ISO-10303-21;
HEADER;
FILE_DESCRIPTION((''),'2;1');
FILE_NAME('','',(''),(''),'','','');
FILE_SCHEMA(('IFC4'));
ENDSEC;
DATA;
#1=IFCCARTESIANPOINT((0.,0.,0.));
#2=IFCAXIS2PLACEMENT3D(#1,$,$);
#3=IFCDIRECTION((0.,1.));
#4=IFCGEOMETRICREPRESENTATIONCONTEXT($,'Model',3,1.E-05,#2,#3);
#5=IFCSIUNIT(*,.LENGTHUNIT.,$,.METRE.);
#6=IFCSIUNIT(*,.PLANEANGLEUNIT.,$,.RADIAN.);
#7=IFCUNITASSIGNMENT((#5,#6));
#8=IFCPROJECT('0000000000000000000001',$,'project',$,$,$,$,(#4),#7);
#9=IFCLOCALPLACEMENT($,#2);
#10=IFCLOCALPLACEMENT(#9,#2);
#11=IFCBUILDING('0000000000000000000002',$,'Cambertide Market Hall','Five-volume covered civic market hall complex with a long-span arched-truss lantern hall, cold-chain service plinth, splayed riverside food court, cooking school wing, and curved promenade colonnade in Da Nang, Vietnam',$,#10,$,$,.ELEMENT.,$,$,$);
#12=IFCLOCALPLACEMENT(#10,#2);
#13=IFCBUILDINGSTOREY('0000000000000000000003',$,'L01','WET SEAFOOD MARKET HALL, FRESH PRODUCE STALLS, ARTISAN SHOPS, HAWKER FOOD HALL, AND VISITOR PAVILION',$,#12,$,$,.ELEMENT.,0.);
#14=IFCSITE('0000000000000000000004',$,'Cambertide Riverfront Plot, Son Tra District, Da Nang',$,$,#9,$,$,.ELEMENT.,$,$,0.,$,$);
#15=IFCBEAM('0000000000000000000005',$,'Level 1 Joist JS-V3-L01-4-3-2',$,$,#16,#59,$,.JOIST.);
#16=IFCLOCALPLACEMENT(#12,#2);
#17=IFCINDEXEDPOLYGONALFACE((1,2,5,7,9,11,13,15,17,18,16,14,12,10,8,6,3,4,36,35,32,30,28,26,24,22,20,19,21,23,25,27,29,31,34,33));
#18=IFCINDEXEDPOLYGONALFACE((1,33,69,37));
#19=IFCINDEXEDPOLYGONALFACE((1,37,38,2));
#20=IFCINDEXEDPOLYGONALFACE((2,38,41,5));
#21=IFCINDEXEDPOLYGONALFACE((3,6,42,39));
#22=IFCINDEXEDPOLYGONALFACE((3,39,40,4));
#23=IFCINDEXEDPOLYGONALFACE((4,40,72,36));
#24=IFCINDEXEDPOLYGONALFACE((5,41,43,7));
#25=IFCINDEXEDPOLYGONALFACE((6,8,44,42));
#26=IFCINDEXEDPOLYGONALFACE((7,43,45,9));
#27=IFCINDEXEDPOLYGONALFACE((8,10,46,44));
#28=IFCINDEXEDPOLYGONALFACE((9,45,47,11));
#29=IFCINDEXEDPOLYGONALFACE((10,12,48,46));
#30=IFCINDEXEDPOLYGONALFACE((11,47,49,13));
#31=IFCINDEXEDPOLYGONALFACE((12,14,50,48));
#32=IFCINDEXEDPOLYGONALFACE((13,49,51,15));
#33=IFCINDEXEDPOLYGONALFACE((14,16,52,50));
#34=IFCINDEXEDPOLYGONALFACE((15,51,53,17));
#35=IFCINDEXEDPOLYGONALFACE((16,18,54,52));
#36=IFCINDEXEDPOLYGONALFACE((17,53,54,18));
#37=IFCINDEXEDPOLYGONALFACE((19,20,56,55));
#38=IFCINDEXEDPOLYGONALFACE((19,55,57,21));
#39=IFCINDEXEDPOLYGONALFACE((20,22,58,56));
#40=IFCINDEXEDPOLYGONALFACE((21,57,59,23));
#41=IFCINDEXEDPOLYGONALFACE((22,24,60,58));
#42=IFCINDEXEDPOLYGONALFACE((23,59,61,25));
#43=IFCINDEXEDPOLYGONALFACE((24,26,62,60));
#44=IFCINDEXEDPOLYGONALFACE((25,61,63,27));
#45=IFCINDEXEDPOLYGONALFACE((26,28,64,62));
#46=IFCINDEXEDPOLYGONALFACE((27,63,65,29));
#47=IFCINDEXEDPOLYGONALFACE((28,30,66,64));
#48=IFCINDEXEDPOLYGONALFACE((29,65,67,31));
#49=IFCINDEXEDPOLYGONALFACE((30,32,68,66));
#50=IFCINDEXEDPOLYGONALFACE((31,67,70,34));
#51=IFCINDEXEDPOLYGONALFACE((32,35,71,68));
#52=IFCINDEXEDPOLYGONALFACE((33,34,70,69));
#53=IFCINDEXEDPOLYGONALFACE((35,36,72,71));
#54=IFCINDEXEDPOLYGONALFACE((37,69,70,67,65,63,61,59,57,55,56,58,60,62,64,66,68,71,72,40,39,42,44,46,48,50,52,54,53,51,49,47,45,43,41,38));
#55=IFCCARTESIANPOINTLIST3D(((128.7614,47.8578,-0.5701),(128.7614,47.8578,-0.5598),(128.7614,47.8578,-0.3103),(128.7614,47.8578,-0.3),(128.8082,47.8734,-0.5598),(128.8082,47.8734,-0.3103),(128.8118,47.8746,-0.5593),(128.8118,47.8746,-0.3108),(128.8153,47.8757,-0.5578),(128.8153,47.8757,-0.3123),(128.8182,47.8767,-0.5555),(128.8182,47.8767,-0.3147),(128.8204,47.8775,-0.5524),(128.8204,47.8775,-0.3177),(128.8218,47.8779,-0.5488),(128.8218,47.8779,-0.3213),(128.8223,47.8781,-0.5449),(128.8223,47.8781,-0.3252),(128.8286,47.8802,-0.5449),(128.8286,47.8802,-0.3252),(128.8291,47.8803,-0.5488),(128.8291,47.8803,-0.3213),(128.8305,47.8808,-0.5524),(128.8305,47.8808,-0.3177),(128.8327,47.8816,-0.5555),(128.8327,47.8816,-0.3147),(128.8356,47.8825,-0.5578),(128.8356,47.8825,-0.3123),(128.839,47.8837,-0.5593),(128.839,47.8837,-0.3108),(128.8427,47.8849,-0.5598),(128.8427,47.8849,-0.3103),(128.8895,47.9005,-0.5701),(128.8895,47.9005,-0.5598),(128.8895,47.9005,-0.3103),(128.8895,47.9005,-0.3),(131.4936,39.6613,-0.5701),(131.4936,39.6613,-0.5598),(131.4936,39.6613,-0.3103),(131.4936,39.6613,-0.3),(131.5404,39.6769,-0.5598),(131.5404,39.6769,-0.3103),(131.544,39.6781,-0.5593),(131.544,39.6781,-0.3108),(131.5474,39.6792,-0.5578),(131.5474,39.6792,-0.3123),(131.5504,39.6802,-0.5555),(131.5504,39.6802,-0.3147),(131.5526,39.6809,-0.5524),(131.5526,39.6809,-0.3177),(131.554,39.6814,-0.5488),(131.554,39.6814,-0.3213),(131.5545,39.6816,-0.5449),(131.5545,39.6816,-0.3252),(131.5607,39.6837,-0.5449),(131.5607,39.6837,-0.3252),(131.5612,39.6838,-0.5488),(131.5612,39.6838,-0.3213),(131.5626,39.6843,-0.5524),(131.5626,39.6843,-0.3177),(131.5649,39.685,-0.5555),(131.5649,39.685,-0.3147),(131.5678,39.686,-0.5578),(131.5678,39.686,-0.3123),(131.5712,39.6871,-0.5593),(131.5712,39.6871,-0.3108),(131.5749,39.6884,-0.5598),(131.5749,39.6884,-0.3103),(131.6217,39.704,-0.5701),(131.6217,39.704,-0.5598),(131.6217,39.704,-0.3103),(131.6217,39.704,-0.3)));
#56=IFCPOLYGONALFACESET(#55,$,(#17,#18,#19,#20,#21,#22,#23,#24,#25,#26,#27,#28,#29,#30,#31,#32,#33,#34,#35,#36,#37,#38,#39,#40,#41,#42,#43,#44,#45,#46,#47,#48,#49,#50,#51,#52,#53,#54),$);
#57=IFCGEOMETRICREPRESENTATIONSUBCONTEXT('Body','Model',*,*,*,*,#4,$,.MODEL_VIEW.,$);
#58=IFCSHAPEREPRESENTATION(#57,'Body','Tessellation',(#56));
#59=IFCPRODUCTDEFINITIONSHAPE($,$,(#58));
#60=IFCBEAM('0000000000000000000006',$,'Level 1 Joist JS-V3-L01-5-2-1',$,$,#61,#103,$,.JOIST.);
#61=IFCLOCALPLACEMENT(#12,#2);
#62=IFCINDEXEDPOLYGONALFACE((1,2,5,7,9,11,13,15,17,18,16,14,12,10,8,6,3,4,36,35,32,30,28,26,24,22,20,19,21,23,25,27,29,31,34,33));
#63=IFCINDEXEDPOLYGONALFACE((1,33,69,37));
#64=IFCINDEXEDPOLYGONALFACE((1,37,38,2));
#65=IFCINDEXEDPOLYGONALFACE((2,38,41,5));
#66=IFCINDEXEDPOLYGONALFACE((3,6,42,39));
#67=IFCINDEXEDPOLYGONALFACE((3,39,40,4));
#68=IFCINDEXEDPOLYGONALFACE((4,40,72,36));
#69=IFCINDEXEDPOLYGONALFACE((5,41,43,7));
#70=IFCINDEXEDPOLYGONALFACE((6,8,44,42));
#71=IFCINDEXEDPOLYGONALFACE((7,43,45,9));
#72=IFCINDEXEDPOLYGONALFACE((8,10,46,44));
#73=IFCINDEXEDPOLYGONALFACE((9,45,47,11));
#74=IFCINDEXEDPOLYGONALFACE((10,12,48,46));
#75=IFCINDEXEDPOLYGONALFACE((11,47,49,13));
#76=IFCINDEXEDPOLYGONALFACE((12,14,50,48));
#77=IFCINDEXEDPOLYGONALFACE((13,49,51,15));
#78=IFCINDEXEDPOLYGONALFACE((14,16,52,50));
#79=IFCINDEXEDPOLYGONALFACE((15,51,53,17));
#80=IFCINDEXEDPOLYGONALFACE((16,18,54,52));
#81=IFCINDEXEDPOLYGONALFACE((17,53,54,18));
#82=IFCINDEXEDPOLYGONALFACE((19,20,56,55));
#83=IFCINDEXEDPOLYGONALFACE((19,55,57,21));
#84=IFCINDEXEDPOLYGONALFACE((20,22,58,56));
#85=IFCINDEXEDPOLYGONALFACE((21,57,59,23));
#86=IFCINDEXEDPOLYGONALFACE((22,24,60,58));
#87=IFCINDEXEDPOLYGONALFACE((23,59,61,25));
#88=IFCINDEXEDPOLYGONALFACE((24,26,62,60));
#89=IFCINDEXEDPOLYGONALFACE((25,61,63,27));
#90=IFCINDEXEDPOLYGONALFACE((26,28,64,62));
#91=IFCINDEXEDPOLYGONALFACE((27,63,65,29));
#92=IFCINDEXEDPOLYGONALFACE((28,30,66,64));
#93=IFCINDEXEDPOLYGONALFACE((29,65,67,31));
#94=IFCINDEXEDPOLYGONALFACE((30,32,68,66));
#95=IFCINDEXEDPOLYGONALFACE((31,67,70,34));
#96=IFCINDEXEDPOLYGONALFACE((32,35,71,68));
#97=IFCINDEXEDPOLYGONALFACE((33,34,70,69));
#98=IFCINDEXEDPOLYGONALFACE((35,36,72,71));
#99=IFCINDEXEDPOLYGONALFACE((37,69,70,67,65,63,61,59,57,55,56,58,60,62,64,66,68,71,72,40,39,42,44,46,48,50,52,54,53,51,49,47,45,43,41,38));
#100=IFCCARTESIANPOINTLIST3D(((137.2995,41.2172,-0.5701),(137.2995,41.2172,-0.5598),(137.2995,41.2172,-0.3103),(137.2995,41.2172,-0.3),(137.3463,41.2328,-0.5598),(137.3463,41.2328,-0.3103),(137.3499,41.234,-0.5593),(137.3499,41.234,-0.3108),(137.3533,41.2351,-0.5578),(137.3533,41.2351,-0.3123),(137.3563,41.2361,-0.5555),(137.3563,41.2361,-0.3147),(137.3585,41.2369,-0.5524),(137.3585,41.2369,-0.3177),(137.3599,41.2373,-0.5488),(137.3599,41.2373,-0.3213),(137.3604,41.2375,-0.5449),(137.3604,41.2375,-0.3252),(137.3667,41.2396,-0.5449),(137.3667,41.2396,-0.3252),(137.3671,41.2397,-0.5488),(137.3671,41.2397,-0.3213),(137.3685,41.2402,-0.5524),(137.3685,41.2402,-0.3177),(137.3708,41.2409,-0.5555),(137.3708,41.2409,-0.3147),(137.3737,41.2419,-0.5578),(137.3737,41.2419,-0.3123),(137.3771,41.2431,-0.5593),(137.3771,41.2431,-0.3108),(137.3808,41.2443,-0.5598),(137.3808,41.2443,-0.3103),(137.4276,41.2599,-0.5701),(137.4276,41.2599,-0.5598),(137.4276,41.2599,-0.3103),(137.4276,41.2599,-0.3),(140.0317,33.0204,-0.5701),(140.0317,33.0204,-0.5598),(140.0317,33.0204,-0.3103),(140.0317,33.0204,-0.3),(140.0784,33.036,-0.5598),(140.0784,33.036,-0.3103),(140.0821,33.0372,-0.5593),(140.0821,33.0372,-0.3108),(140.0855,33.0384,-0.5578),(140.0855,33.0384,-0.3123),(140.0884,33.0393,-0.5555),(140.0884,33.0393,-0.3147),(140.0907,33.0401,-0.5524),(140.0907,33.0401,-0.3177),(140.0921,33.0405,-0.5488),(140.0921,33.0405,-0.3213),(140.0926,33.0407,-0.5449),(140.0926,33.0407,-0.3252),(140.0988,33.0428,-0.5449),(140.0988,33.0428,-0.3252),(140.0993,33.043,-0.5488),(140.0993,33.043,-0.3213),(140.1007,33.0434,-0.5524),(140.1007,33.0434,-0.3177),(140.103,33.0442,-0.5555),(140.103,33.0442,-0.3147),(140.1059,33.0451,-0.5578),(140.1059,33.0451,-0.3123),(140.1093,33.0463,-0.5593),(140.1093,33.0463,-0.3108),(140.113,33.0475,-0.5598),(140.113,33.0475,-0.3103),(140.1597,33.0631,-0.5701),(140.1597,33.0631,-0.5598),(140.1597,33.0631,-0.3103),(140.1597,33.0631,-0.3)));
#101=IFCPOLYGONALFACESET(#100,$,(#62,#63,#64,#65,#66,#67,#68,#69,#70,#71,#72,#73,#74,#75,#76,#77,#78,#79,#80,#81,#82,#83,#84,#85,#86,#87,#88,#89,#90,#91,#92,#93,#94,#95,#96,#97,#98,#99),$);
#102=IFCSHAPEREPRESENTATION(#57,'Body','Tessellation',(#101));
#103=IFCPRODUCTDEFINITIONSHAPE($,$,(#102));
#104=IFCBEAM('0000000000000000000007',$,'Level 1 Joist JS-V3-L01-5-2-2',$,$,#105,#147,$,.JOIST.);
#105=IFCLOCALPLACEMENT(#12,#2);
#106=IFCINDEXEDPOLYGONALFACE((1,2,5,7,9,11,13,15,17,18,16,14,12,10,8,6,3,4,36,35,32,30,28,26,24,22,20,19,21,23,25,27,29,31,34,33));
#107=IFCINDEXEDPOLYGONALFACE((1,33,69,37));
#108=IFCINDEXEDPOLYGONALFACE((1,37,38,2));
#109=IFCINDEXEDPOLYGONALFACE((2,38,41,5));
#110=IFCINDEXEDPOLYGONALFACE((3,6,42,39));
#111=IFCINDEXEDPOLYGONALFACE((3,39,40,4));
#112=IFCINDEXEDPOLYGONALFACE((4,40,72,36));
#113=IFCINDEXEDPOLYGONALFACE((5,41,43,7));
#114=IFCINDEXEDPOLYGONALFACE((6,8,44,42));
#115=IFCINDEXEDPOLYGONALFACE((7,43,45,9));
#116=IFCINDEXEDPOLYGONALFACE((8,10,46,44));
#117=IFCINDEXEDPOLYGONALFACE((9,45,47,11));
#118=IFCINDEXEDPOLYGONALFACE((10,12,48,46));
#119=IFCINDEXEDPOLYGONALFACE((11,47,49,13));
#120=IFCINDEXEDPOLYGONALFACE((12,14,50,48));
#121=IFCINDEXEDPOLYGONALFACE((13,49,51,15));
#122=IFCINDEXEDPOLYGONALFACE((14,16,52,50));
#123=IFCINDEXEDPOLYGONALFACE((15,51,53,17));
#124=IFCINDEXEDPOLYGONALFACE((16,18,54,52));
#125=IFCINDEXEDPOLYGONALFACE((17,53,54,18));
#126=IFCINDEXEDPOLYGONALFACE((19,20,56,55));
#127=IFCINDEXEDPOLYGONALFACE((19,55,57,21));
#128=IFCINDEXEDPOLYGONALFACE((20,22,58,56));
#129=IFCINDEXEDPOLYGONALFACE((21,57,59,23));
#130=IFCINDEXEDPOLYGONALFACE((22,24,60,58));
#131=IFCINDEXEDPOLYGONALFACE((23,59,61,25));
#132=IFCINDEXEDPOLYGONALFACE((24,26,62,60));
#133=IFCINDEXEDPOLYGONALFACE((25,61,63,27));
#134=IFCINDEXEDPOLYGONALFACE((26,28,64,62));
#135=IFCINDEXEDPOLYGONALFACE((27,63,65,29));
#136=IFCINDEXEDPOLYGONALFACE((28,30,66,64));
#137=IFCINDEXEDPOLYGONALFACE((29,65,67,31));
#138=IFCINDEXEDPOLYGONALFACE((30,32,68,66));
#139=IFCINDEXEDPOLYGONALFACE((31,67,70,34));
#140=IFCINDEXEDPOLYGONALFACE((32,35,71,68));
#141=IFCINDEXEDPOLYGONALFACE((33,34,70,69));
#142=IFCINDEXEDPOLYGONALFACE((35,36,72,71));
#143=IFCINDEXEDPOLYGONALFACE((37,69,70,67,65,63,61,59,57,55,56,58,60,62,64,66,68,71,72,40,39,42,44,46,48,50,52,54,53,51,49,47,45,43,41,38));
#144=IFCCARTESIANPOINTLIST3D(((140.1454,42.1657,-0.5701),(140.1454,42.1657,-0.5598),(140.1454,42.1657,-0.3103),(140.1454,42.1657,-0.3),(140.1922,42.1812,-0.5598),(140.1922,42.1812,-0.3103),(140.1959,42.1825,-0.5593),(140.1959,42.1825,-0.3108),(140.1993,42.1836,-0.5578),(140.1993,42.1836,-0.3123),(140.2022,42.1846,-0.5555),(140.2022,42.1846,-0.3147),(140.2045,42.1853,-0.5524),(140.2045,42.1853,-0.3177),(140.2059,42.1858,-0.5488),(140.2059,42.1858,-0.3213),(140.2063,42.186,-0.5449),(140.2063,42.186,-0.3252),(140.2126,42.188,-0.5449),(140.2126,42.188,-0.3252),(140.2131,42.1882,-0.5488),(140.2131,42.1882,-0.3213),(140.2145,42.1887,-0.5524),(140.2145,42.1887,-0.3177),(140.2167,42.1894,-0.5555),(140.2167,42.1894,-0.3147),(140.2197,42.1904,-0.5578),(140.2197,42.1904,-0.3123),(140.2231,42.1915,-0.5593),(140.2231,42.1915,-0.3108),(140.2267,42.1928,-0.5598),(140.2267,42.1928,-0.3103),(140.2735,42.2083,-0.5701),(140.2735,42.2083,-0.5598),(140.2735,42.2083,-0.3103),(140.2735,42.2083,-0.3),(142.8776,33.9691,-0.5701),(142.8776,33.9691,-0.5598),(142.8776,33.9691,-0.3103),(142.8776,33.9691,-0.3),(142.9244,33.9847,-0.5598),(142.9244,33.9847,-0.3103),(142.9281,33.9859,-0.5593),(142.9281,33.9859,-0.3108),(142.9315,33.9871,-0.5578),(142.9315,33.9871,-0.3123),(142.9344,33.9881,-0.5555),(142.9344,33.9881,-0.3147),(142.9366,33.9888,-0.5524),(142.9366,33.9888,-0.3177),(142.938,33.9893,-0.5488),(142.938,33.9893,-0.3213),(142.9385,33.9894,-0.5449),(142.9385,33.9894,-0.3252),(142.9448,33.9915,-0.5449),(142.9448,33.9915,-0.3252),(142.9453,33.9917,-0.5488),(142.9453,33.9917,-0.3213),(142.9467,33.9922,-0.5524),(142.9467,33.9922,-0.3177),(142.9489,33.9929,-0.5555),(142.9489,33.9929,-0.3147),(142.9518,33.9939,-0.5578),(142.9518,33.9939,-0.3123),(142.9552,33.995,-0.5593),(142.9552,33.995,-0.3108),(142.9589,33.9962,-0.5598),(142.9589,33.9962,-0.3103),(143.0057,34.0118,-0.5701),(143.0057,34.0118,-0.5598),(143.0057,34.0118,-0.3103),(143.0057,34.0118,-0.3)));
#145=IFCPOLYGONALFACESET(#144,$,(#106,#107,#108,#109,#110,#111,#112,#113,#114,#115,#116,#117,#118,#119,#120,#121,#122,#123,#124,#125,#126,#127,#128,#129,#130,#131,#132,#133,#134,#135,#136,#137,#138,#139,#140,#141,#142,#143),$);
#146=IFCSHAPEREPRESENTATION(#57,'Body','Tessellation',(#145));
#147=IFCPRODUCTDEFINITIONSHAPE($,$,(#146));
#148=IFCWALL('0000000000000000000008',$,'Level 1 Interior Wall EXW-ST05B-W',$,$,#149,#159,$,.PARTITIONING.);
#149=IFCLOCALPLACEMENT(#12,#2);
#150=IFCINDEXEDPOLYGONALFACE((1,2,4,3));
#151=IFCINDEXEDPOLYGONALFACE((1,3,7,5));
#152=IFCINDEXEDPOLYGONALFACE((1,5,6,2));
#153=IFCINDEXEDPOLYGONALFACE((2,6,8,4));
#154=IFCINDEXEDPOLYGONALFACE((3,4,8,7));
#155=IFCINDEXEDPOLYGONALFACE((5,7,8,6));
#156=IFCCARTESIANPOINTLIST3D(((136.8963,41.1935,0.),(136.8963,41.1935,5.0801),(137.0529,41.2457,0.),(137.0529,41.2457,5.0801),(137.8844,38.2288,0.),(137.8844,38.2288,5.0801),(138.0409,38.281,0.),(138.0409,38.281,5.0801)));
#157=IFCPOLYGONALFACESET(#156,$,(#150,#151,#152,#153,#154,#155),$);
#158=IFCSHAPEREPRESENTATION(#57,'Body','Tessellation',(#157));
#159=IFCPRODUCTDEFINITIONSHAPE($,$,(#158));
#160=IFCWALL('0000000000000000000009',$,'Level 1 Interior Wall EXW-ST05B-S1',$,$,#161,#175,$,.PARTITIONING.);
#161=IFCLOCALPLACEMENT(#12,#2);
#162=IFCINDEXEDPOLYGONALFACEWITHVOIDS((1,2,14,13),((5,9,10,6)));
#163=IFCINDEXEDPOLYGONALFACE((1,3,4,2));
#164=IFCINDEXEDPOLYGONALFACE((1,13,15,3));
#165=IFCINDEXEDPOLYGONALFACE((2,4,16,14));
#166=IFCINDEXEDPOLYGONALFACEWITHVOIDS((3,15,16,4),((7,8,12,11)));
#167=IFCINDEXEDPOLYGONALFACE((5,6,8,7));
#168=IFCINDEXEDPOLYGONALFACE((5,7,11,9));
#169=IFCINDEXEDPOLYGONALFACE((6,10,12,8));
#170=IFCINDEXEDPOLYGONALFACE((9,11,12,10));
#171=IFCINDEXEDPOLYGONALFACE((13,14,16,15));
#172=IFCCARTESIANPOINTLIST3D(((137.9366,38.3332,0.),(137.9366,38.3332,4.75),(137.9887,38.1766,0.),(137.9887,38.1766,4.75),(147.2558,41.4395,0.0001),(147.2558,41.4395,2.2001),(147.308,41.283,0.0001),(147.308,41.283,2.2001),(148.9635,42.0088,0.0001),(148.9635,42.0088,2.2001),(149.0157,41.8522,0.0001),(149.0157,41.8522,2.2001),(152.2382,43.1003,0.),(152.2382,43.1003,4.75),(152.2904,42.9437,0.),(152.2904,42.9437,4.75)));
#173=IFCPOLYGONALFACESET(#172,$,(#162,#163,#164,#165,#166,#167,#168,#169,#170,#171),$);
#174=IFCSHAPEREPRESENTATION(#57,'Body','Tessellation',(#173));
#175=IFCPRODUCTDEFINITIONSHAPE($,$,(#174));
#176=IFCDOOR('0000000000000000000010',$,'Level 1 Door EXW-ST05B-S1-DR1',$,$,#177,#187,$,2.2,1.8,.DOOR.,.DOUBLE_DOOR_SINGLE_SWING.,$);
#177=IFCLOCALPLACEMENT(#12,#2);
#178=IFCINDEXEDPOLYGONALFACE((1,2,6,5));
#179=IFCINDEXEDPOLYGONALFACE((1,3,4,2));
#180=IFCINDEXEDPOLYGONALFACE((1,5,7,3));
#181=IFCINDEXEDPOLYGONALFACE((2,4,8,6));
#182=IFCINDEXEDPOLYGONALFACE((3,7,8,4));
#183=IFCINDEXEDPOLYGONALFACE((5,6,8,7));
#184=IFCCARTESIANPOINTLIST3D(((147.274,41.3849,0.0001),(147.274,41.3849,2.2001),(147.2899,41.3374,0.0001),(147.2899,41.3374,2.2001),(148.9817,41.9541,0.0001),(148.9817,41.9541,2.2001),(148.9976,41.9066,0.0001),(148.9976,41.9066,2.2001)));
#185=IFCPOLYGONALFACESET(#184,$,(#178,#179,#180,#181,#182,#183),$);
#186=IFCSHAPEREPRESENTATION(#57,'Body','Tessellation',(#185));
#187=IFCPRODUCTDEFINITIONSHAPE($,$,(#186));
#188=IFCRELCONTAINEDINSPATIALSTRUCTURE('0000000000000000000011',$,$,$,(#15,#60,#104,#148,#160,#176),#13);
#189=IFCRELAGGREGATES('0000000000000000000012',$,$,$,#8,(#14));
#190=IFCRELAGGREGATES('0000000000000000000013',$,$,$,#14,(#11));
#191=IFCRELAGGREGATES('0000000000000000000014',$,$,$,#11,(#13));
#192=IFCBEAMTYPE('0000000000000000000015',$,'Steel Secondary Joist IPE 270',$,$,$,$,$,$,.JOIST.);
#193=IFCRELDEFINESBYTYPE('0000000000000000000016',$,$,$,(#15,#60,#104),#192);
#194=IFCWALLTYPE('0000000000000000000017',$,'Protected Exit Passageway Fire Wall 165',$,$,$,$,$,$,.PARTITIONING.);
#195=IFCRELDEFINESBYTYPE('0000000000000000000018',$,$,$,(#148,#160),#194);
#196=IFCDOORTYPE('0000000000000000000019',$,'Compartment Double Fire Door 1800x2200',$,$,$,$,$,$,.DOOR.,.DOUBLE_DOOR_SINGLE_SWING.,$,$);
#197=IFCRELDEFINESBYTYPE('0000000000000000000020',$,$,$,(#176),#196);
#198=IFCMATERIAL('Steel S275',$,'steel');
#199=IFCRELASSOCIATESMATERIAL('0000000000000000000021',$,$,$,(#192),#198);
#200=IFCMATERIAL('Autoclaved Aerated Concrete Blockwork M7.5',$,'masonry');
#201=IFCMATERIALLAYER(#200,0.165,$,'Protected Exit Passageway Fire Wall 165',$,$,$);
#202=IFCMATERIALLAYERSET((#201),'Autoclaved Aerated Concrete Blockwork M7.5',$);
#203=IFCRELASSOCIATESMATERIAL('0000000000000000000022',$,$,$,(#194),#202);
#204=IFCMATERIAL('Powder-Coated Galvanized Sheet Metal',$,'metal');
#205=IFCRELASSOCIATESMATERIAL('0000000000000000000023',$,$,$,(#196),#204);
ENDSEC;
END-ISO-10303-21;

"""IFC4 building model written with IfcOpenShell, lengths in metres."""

from ifc_helpers import new_model, si_unit, direction, frame, frame_2d, origin, origin_2d, place, context, subcontext, project, spatial, rectangle, i_section, extrude, material, layer, layer_set, material_profile, profile_set, type_object, element, fill, save


model = new_model("IFC4")

# Units and contexts
model_context = context("Model", 3, precision=1e-05, world=origin(), true_north=direction((0.0, 1.0)))
body_context = subcontext(model_context, "Body", "Model", "MODEL_VIEW")
ifc_project = project(units=[si_unit("LENGTHUNIT", "METRE"), si_unit("PLANEANGLEUNIT", "RADIAN")], contexts=[model_context])

# Site, building, storey
site_placement = place(None, origin())
site = spatial("IfcSite", under=ifc_project, at=site_placement, Name="Cambertide Riverfront Plot, Son Tra District, Da Nang", CompositionType="ELEMENT", RefElevation=0.0)
building_placement = place(site_placement, origin())
building = spatial("IfcBuilding", under=site, at=building_placement, Name="Cambertide Market Hall", Description="Five-volume covered civic market hall complex with a long-span arched-truss lantern hall, cold-chain service plinth, splayed riverside food court, cooking school wing, and curved promenade colonnade in Da Nang, Vietnam", CompositionType="ELEMENT")
storey_placement = place(building_placement, origin())
storey = spatial("IfcBuildingStorey", under=building, at=storey_placement, Name="L01", Description="WET SEAFOOD MARKET HALL, FRESH PRODUCE STALLS, ARTISAN SHOPS, HAWKER FOOD HALL, AND VISITOR PAVILION", CompositionType="ELEMENT", Elevation=0.0)

# Beams
ifc_material_1 = material(Name="Steel S275", Category="steel")
ifc_material_profile_1 = material_profile(ifc_material_1, i_section(OverallWidth=0.135, OverallDepth=0.27, WebThickness=0.0066, FlangeThickness=0.0103, FilletRadius=0.0149, at=origin_2d()), Name="IPE 270")
ifc_profile_set_1 = profile_set([ifc_material_profile_1], Name="Steel S275")
beam_type_1 = type_object("IfcBeamType", Name="Steel Secondary Joist IPE 270", PredefinedType="JOIST", material=ifc_profile_set_1)
for number, where, z_axis, x_axis, name in (
    (1, (131.5576, 39.6826, -0.4351), (-0.316228, 0.948683, 0.0), (-0.948683, -0.316228, 0.0), "Level 1 Joist JS-V3-L01-4-3-2"),
):
    element("IfcBeam", number, at=place(storey_placement, frame(where, z_axis=z_axis, x_axis=x_axis)), inside=storey, type_object=beam_type_1, Name=name, PredefinedType="JOIST", context=body_context, shape_type="SweptSolid", body=[
        extrude(i_section(OverallWidth=0.135, OverallDepth=0.27, WebThickness=0.0066, FlangeThickness=0.0103, FilletRadius=0.0149, at=origin_2d()), origin(), (0.0, 0.0, 1.0), 8.6399),
    ])
beam_1_placement = place(storey_placement, frame((140.0957, 33.0417, -0.4351), z_axis=(-0.316219, 0.948686, 0.0), x_axis=(-0.948686, -0.316219, 0.0)))
element("IfcBeam", 2, at=beam_1_placement, inside=storey, type_object=beam_type_1, Name="Level 1 Joist JS-V3-L01-5-2-1", PredefinedType="JOIST", context=body_context, shape_type="SweptSolid", body=[
    extrude(i_section(OverallWidth=0.135, OverallDepth=0.27, WebThickness=0.0066, FlangeThickness=0.0103, FilletRadius=0.0149, at=origin_2d()), origin(), (0.0, 0.0, 1.0), 8.6401),
])
beam_2_placement = place(storey_placement, frame((142.9417, 33.9905, -0.4351), z_axis=(-0.316228, 0.948683, 0.0), x_axis=(-0.948683, -0.316228, 0.0)))
element("IfcBeam", 3, at=beam_2_placement, inside=storey, type_object=beam_type_1, Name="Level 1 Joist JS-V3-L01-5-2-2", PredefinedType="JOIST", context=body_context, shape_type="SweptSolid", body=[
    extrude(i_section(OverallWidth=0.135, OverallDepth=0.27, WebThickness=0.0066, FlangeThickness=0.0103, FilletRadius=0.0149, at=origin_2d()), origin(), (0.0, 0.0, 1.0), 8.6399),
])

# Wall
ifc_material_2 = material(Name="Autoclaved Aerated Concrete Blockwork M7.5", Category="masonry")
ifc_layer_1 = layer(ifc_material_2, 0.165, Name="Protected Exit Passageway Fire Wall 165")
ifc_layer_set_1 = layer_set([ifc_layer_1], Name="Autoclaved Aerated Concrete Blockwork M7.5")
wall_type_1 = type_object("IfcWallType", Name="Protected Exit Passageway Fire Wall 165", PredefinedType="PARTITIONING", material=ifc_layer_set_1)
wall_1_placement = place(storey_placement, frame((137.9626, 38.2549, 0.0), z_axis=(0.0, 0.0, 1.0), x_axis=(-0.316181, 0.948699, 0.0)))
element("IfcWall", 4, at=wall_1_placement, inside=storey, type_object=wall_type_1, Name="Level 1 Interior Wall EXW-ST05B-W", PredefinedType="PARTITIONING", context=body_context, shape_type="SweptSolid", body=[
    extrude(rectangle(XDim=3.125, YDim=0.165, at=frame_2d((1.5625, 0.0))), origin(), (0.0, 0.0, 1.0), 5.0801),
])

# Wall, opening, door
wall_2_placement = place(storey_placement, frame((137.9626, 38.2549, 0.0), z_axis=(0.0, 0.0, 1.0), x_axis=(0.948685, 0.316223, 0.0)))
wall_2 = element("IfcWall", 5, at=wall_2_placement, inside=storey, type_object=wall_type_1, Name="Level 1 Interior Wall EXW-ST05B-S1", PredefinedType="PARTITIONING", context=body_context, shape_type="SweptSolid", body=[
    extrude(rectangle(XDim=15.0752, YDim=0.165, at=frame_2d((7.5376, 0.0))), origin(), (0.0, 0.0, 1.0), 4.75),
])
opening_1_placement = place(wall_2_placement, frame((9.8235, 0.0, 0.0)))
opening_1 = element("IfcOpeningElement", 6, at=opening_1_placement, cuts=wall_2, PredefinedType="OPENING", context=body_context, shape_type="SweptSolid", body=[
    extrude(rectangle(XDim=1.8, YDim=2.2, at=frame_2d((0.8999, 1.1001))), frame((0.0, 0.0925, 0.0), z_axis=(0.0, -1.0, 0.0), x_axis=(1.0, 0.0, 0.0)), (0.0, 0.0, 1.0), 0.1851),
])
ifc_material_3 = material(Name="Powder-Coated Galvanized Sheet Metal", Category="metal")
door_type_1 = type_object("IfcDoorType", Name="Compartment Double Fire Door 1800x2200", OperationType="DOUBLE_DOOR_SINGLE_SWING", PredefinedType="DOOR", material=ifc_material_3)
door_1_placement = place(opening_1_placement, origin())
door_1 = element("IfcDoor", 7, at=door_1_placement, inside=storey, type_object=door_type_1, Name="Level 1 Door EXW-ST05B-S1-DR1", OperationType="DOUBLE_DOOR_SINGLE_SWING", OverallHeight=2.2, OverallWidth=1.8, PredefinedType="DOOR", context=body_context, shape_type="SweptSolid", body=[
    extrude(rectangle(XDim=1.8, YDim=2.2, at=frame_2d((0.8999, 1.1001))), frame((0.0, 0.0249, 0.0), z_axis=(0.0, -1.0, 0.0), x_axis=(1.0, 0.0, 0.0)), (0.0, 0.0, 1.0), 0.05),
])
fill(opening_1, door_1)

save(model, "model.ifc")
